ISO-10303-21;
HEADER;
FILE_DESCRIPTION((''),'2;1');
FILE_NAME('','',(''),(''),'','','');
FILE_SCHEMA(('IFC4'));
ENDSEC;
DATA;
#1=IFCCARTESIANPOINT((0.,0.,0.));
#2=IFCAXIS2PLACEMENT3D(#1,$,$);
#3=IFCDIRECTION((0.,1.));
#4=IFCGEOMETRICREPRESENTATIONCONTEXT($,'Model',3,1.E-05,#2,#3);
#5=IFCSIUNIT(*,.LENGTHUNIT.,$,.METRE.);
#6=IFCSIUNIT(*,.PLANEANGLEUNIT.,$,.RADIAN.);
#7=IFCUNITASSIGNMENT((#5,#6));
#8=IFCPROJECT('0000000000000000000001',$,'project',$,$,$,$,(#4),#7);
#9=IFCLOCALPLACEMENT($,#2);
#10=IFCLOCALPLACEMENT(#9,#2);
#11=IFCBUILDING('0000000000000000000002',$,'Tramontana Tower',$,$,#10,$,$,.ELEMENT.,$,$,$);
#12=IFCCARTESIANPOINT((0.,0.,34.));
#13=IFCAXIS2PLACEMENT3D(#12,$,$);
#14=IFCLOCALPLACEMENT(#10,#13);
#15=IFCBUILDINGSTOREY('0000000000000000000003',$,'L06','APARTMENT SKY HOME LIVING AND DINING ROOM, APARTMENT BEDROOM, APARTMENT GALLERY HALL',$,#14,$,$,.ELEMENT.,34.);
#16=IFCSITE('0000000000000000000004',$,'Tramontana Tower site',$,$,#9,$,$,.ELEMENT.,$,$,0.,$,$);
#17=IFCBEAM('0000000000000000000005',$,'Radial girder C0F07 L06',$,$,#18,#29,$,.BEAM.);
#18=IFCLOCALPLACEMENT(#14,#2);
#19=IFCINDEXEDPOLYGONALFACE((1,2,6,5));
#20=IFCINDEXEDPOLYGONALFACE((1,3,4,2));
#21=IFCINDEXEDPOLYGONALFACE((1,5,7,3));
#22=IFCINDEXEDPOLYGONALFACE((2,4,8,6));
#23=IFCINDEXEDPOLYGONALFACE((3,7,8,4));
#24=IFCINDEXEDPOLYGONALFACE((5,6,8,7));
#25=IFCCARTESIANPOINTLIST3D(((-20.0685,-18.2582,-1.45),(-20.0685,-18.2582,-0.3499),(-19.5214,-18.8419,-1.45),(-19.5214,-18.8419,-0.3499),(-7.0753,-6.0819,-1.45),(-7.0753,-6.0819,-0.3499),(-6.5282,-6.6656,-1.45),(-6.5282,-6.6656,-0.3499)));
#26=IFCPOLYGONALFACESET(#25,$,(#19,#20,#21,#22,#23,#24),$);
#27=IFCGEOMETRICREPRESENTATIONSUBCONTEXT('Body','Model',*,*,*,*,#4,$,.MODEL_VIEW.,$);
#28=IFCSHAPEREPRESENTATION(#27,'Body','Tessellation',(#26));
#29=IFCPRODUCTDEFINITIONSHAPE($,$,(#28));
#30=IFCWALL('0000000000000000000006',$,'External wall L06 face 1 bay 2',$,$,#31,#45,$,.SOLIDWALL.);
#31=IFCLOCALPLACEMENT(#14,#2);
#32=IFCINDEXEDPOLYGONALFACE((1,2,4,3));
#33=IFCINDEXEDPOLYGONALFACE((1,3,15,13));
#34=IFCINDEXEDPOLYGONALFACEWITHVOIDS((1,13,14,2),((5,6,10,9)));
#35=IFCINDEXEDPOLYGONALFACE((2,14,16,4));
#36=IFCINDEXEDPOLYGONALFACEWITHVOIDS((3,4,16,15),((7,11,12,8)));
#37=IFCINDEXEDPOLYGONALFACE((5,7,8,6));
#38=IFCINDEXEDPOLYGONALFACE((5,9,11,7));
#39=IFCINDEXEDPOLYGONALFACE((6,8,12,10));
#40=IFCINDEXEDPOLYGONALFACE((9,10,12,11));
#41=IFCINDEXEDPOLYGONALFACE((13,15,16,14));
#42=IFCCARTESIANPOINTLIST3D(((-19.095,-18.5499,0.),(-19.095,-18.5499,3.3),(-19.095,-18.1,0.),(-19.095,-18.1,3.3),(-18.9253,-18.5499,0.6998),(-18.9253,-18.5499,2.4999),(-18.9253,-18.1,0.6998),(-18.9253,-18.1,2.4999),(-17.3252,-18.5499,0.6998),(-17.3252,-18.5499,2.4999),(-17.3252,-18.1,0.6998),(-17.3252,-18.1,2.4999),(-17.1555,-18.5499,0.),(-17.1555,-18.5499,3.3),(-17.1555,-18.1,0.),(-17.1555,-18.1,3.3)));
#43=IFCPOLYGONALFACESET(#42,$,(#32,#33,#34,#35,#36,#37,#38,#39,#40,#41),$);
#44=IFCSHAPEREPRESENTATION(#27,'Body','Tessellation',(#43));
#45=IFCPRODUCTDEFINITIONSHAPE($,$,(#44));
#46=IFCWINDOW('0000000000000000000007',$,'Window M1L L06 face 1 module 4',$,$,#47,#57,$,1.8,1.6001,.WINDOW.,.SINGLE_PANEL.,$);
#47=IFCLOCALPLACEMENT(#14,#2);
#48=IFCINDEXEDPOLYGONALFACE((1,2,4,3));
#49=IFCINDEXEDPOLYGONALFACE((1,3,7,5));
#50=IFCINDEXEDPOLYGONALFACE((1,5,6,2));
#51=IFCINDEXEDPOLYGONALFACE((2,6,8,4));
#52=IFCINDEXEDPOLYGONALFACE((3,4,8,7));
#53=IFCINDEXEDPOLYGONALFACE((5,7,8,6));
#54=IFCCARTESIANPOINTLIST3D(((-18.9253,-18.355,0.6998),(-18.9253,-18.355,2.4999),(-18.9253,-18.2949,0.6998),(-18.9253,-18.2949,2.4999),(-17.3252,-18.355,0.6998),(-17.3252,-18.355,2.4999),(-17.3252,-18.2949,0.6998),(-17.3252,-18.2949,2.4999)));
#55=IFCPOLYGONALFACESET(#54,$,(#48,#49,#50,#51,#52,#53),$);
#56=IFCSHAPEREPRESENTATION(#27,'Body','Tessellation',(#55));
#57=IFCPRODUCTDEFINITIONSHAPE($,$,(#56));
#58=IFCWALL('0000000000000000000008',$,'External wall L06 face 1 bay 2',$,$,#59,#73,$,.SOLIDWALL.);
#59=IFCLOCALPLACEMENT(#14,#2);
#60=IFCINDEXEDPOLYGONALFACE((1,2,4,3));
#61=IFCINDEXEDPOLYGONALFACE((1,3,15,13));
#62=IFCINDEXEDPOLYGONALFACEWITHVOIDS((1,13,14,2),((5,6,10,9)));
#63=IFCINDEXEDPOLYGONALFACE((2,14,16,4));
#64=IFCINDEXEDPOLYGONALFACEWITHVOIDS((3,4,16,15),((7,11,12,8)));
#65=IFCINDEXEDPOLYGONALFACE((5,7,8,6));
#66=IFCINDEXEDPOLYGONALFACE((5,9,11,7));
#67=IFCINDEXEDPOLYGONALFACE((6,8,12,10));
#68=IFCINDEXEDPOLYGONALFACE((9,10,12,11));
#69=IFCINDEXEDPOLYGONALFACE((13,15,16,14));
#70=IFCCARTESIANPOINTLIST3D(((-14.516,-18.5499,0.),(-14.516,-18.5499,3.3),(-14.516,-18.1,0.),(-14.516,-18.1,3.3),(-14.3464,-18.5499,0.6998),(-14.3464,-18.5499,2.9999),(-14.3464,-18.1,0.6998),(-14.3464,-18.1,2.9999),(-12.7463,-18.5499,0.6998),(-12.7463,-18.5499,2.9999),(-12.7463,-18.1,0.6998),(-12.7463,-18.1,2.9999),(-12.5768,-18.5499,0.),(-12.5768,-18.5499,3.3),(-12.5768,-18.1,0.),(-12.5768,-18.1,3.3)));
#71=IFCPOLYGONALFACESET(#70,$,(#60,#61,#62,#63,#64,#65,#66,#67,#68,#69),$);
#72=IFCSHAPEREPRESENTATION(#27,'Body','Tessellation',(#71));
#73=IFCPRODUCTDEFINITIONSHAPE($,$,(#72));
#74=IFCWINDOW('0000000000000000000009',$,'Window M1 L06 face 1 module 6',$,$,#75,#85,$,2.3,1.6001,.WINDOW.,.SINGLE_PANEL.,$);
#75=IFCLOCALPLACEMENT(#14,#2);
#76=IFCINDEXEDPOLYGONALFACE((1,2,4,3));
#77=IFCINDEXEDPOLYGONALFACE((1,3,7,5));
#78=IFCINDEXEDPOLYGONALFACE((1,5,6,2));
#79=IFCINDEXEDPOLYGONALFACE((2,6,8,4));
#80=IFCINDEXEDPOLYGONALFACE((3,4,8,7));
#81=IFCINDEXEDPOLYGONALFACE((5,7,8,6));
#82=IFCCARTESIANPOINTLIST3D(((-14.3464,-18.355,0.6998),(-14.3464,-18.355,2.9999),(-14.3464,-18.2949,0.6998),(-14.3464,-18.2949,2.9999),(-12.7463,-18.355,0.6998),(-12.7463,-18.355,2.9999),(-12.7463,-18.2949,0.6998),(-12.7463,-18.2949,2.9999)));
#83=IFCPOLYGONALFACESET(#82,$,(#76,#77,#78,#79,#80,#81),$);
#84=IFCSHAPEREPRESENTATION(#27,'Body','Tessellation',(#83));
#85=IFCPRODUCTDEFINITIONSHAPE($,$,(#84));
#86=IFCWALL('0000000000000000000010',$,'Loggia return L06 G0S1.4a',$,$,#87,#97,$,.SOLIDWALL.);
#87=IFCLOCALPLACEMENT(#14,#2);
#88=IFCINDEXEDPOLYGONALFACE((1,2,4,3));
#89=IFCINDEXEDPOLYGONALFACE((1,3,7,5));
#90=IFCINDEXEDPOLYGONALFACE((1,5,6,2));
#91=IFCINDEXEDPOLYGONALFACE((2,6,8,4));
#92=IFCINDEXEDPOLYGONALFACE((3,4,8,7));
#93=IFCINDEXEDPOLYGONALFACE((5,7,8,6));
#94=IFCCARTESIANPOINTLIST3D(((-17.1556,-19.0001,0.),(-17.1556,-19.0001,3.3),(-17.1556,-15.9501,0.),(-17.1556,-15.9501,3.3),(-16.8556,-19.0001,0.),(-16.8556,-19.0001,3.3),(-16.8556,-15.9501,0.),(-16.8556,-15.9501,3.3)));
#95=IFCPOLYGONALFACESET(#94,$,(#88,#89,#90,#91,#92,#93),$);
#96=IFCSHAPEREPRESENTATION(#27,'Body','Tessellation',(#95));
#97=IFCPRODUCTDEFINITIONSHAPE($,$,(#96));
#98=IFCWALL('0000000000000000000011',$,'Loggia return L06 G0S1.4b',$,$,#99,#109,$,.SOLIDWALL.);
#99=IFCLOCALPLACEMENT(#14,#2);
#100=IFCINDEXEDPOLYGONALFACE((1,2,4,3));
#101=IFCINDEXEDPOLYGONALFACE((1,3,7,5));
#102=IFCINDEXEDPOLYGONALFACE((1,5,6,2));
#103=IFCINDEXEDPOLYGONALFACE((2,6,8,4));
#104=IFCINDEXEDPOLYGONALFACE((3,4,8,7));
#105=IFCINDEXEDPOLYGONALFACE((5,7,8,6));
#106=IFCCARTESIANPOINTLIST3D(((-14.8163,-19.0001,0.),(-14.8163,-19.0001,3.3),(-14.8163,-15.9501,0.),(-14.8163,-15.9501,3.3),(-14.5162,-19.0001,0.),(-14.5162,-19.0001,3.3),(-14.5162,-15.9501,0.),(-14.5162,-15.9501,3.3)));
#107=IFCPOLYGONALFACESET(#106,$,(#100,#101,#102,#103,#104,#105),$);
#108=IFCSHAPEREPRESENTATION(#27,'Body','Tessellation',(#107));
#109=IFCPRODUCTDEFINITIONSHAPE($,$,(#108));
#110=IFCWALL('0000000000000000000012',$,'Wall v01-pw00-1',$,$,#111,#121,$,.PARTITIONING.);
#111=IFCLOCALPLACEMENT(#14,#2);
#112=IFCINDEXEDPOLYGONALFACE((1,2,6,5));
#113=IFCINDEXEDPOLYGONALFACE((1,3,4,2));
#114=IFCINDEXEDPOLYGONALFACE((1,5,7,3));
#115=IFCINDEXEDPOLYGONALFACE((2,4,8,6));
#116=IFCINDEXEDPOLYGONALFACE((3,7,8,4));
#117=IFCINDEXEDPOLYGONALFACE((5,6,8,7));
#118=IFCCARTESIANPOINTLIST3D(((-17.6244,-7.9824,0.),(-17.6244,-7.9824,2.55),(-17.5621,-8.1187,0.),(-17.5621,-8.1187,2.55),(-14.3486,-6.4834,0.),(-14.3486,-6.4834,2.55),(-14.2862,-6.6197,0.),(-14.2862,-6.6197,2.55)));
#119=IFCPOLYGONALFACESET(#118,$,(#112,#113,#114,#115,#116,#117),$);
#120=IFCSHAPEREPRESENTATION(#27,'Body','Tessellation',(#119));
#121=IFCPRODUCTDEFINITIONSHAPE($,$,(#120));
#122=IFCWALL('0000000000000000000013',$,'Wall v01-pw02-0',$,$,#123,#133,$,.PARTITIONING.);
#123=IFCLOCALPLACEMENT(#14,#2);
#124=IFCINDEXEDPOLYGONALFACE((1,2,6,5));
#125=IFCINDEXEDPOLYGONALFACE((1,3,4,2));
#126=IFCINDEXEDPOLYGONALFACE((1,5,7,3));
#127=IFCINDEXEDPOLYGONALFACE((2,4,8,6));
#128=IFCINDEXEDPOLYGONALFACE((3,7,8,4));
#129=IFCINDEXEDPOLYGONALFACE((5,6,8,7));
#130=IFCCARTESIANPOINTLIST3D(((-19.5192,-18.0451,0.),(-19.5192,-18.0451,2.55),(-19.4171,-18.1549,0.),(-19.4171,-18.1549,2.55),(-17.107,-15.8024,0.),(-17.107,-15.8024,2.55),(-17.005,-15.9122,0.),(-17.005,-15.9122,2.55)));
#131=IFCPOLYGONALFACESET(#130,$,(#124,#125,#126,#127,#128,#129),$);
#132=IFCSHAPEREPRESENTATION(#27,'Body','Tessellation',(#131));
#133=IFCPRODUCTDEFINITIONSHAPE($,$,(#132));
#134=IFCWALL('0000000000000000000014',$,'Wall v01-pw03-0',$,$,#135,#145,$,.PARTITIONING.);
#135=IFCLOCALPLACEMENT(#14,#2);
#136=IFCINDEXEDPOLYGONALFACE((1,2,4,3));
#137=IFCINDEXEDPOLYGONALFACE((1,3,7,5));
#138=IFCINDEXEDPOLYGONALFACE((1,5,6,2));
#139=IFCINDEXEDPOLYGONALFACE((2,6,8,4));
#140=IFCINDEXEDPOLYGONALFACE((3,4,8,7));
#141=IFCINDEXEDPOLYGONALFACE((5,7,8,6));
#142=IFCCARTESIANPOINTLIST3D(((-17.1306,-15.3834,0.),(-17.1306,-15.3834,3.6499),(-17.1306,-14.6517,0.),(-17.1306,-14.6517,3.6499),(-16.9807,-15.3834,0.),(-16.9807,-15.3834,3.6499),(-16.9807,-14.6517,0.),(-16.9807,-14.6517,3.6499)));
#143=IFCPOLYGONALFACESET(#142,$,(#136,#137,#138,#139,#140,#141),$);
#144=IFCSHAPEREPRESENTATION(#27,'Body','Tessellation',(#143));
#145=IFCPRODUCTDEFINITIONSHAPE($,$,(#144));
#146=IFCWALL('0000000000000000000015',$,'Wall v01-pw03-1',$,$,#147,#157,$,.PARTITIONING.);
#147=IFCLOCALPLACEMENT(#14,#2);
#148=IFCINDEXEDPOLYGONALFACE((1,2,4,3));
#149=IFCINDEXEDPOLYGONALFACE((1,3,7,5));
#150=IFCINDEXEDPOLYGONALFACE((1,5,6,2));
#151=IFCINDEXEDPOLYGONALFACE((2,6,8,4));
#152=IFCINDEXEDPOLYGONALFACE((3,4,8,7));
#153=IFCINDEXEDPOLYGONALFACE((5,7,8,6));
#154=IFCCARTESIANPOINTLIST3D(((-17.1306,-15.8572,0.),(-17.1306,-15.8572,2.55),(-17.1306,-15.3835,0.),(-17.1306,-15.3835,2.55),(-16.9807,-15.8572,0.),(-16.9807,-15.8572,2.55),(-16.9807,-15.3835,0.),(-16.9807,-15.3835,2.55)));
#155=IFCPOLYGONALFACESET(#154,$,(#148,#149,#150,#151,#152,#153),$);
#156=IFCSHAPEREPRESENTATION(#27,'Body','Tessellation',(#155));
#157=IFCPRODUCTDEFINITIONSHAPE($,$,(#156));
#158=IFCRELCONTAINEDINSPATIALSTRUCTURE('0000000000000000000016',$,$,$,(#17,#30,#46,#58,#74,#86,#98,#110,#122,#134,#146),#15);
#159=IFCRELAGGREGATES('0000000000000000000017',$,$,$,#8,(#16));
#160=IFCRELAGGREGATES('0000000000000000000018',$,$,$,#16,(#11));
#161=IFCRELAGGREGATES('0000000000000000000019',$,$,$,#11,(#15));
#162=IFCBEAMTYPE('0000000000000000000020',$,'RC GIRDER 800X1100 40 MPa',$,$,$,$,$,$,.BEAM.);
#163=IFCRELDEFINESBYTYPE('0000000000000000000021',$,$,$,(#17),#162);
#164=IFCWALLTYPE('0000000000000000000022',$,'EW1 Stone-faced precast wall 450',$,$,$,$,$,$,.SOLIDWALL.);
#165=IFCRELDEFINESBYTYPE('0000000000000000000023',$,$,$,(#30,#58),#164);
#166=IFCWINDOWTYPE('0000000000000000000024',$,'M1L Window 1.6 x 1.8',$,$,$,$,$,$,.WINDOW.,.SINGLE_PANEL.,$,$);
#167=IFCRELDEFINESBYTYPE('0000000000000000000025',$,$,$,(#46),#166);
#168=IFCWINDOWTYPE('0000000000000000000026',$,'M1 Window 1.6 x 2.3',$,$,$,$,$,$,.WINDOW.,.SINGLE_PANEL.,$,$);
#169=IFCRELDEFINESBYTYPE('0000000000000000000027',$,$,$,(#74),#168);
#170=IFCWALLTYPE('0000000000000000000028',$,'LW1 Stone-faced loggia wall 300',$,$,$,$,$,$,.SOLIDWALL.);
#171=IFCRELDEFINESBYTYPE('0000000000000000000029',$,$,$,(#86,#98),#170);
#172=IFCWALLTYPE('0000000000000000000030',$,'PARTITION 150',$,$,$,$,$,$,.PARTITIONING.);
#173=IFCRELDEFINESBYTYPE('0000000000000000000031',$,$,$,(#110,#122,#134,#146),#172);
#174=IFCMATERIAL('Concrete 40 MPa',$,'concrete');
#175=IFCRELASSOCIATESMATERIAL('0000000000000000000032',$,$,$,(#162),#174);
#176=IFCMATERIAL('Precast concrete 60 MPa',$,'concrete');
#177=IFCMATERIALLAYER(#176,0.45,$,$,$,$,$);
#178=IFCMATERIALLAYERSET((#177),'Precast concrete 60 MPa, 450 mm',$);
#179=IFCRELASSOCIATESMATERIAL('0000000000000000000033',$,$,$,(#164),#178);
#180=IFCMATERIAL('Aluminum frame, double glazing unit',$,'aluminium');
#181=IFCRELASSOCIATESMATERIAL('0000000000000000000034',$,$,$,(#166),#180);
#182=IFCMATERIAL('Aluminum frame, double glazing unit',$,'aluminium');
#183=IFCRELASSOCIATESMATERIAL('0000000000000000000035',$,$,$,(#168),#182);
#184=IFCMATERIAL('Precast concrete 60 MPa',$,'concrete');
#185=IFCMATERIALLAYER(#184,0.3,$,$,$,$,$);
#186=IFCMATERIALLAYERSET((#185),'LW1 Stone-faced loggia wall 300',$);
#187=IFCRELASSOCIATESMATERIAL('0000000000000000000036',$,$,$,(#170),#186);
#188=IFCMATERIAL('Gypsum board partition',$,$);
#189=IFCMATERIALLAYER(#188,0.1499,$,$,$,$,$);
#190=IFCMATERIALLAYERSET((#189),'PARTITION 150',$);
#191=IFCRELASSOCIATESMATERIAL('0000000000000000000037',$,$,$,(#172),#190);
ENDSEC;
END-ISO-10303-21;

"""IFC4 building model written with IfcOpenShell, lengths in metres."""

from ifc_helpers import new_model, si_unit, direction, frame, frame_2d, origin, origin_2d, place, context, subcontext, project, spatial, rectangle, extrude, material, layer, layer_set, material_profile, profile_set, type_object, element, fill, save


model = new_model("IFC4")

# Units and contexts
model_context = context("Model", 3, precision=1e-05, world=origin(), true_north=direction((0.0, 1.0)))
body_context = subcontext(model_context, "Body", "Model", "MODEL_VIEW")
ifc_project = project(units=[si_unit("LENGTHUNIT", "METRE"), si_unit("PLANEANGLEUNIT", "RADIAN")], contexts=[model_context])

# Site, building, storey
site_placement = place(None, origin())
site = spatial("IfcSite", under=ifc_project, at=site_placement, Name="Tramontana Tower site", CompositionType="ELEMENT", RefElevation=0.0)
building_placement = place(site_placement, origin())
building = spatial("IfcBuilding", under=site, at=building_placement, Name="Tramontana Tower", CompositionType="ELEMENT")
storey_placement = place(building_placement, frame((0.0, 0.0, 34.0)))
storey = spatial("IfcBuildingStorey", under=building, at=storey_placement, Name="L06", Description="APARTMENT SKY HOME LIVING AND DINING ROOM, APARTMENT BEDROOM, APARTMENT GALLERY HALL", CompositionType="ELEMENT", Elevation=34.0)

# Beam
ifc_material_1 = material(Name="Concrete 40 MPa", Category="concrete")
ifc_material_profile = material_profile(ifc_material_1, rectangle(XDim=0.8, YDim=1.1001, at=origin_2d()), Name="RC GIRDER 800X1100 40 MPa")
ifc_profile_set = profile_set([ifc_material_profile], Name="Concrete 40 MPa")
beam_type = type_object("IfcBeamType", Name="RC GIRDER 800X1100 40 MPa", PredefinedType="BEAM", material=ifc_profile_set)
beam_placement = place(storey_placement, frame((-19.7949, -18.55, -0.8999), z_axis=(0.729672, 0.683797, 0.0), x_axis=(-0.683797, 0.729672, 0.0)))
element("IfcBeam", 1, at=beam_placement, inside=storey, type_object=beam_type, Name="Radial girder C0F07 L06", PredefinedType="BEAM", context=body_context, shape_type="SweptSolid", body=[
    extrude(rectangle(XDim=0.8, YDim=1.1001, at=origin_2d()), origin(), (0.0, 0.0, 1.0), 17.8069),
])

# Walls, openings, windows
ifc_material_2 = material(Name="Precast concrete 60 MPa", Category="concrete")
ifc_layer_1 = layer(ifc_material_2, 0.45)
ifc_layer_set_1 = layer_set([ifc_layer_1], Name="Precast concrete 60 MPa, 450 mm")
wall_type_1 = type_object("IfcWallType", Name="EW1 Stone-faced precast wall 450", PredefinedType="SOLIDWALL", material=ifc_layer_set_1)
wall_1_placement = place(storey_placement, frame((-19.095, -18.325, 0.0), z_axis=(0.0, 0.0, 1.0), x_axis=(1.0, 0.0, 0.0)))
wall_1 = element("IfcWall", 2, at=wall_1_placement, inside=storey, type_object=wall_type_1, Name="External wall L06 face 1 bay 2", PredefinedType="SOLIDWALL", context=body_context, shape_type="SweptSolid", body=[
    extrude(rectangle(XDim=1.9395, YDim=0.45, at=frame_2d((0.9697, 0.0))), origin(), (0.0, 0.0, 1.0), 3.3),
])
opening_1_placement = place(wall_1_placement, frame((0.1697, 0.0, 0.7)))
opening_1 = element("IfcOpeningElement", 3, at=opening_1_placement, cuts=wall_1, PredefinedType="OPENING", context=body_context, shape_type="SweptSolid", body=[
    extrude(rectangle(XDim=1.6001, YDim=1.8, at=frame_2d((0.8, 0.8999))), frame((0.0, 0.2349, 0.0), z_axis=(0.0, -1.0, 0.0), x_axis=(1.0, 0.0, 0.0)), (0.0, 0.0, 1.0), 0.47),
])
ifc_material_3 = material(Name="Aluminum frame, double glazing unit", Category="aluminium")
window_type_1 = type_object("IfcWindowType", Name="M1L Window 1.6 x 1.8", PartitioningType="SINGLE_PANEL", PredefinedType="WINDOW", material=ifc_material_3)
window_1_placement = place(opening_1_placement, origin())
window_1 = element("IfcWindow", 4, at=window_1_placement, inside=storey, type_object=window_type_1, Name="Window M1L L06 face 1 module 4", OverallHeight=1.8, OverallWidth=1.6001, PartitioningType="SINGLE_PANEL", PredefinedType="WINDOW", context=body_context, shape_type="SweptSolid", body=[
    extrude(rectangle(XDim=1.6001, YDim=1.8, at=frame_2d((0.8, 0.8999))), frame((0.0, 0.03, 0.0), z_axis=(0.0, -1.0, 0.0), x_axis=(1.0, 0.0, 0.0)), (0.0, 0.0, 1.0), 0.0601),
])
fill(opening_1, window_1)
wall_2_placement = place(storey_placement, frame((-14.5161, -18.325, 0.0), z_axis=(0.0, 0.0, 1.0), x_axis=(1.0, 0.0, 0.0)))
wall_2 = element("IfcWall", 5, at=wall_2_placement, inside=storey, type_object=wall_type_1, Name="External wall L06 face 1 bay 2", PredefinedType="SOLIDWALL", context=body_context, shape_type="SweptSolid", body=[
    extrude(rectangle(XDim=1.9392, YDim=0.45, at=frame_2d((0.9697, 0.0))), origin(), (0.0, 0.0, 1.0), 3.3),
])
opening_2_placement = place(wall_2_placement, frame((0.1697, 0.0, 0.7)))
opening_2 = element("IfcOpeningElement", 6, at=opening_2_placement, cuts=wall_2, PredefinedType="OPENING", context=body_context, shape_type="SweptSolid", body=[
    extrude(rectangle(XDim=1.6001, YDim=2.3, at=frame_2d((0.8, 1.1499))), frame((0.0, 0.2349, 0.0), z_axis=(0.0, -1.0, 0.0), x_axis=(1.0, 0.0, 0.0)), (0.0, 0.0, 1.0), 0.47),
])
ifc_material_4 = material(Name="Aluminum frame, double glazing unit", Category="aluminium")
window_type_2 = type_object("IfcWindowType", Name="M1 Window 1.6 x 2.3", PartitioningType="SINGLE_PANEL", PredefinedType="WINDOW", material=ifc_material_4)
window_2_placement = place(opening_2_placement, origin())
window_2 = element("IfcWindow", 7, at=window_2_placement, inside=storey, type_object=window_type_2, Name="Window M1 L06 face 1 module 6", OverallHeight=2.3, OverallWidth=1.6001, PartitioningType="SINGLE_PANEL", PredefinedType="WINDOW", context=body_context, shape_type="SweptSolid", body=[
    extrude(rectangle(XDim=1.6001, YDim=2.3, at=frame_2d((0.8, 1.1499))), frame((0.0, 0.03, 0.0), z_axis=(0.0, -1.0, 0.0), x_axis=(1.0, 0.0, 0.0)), (0.0, 0.0, 1.0), 0.0601),
])
fill(opening_2, window_2)

# Shared definitions
ifc_material_5 = material(Name="Precast concrete 60 MPa", Category="concrete")
ifc_layer_2 = layer(ifc_material_5, 0.3)
ifc_layer_set_2 = layer_set([ifc_layer_2], Name="LW1 Stone-faced loggia wall 300")
wall_type_2 = type_object("IfcWallType", Name="LW1 Stone-faced loggia wall 300", PredefinedType="SOLIDWALL", material=ifc_layer_set_2)

# Walls
for number, where, z_axis, x_axis, name in (
    (8, (-17.0056, -19.0, 0.0), (0.0, 0.0, 1.0), (0.0, 1.0, 0.0), "Loggia return L06 G0S1.4a"),
    (9, (-14.6663, -19.0, 0.0), (0.0, 0.0, 1.0), (0.0, 1.0, 0.0), "Loggia return L06 G0S1.4b"),
):
    element("IfcWall", number, at=place(storey_placement, frame(where, z_axis=z_axis, x_axis=x_axis)), inside=storey, type_object=wall_type_2, Name=name, PredefinedType="SOLIDWALL", context=body_context, shape_type="SweptSolid", body=[
        extrude(rectangle(XDim=3.05, YDim=0.3, at=frame_2d((1.5249, 0.0))), origin(), (0.0, 0.0, 1.0), 3.3),
    ])
ifc_material_6 = material(Name="Gypsum board partition")
ifc_layer_3 = layer(ifc_material_6, 0.1499)
ifc_layer_set_3 = layer_set([ifc_layer_3], Name="PARTITION 150")
wall_type_3 = type_object("IfcWallType", Name="PARTITION 150", PredefinedType="PARTITIONING", material=ifc_layer_set_3)
wall_3_placement = place(storey_placement, frame((-17.5933, -8.0505, 0.0), z_axis=(0.0, 0.0, 1.0), x_axis=(0.909319, 0.416099, 0.0)))
element("IfcWall", 10, at=wall_3_placement, inside=storey, type_object=wall_type_3, Name="Wall v01-pw00-1", PredefinedType="PARTITIONING", context=body_context, shape_type="SweptSolid", body=[
    extrude(rectangle(XDim=3.6025, YDim=0.1499, at=frame_2d((1.8013, 0.0))), origin(), (0.0, 0.0, 1.0), 2.55),
])
wall_4_placement = place(storey_placement, frame((-17.0559, -15.8572, 0.0), z_axis=(0.0, 0.0, 1.0), x_axis=(-0.73236, -0.680917, 0.0)))
element("IfcWall", 11, at=wall_4_placement, inside=storey, type_object=wall_type_3, Name="Wall v01-pw02-0", PredefinedType="PARTITIONING", context=body_context, shape_type="SweptSolid", body=[
    extrude(rectangle(XDim=3.2937, YDim=0.1499, at=frame_2d((1.647, 0.0))), origin(), (0.0, 0.0, 1.0), 2.55),
])
wall_5_placement = place(storey_placement, frame((-17.0557, -14.6519, 0.0), z_axis=(0.0, 0.0, 1.0), x_axis=(0.0, -1.0, 0.0)))
element("IfcWall", 12, at=wall_5_placement, inside=storey, type_object=wall_type_3, Name="Wall v01-pw03-0", PredefinedType="PARTITIONING", context=body_context, shape_type="SweptSolid", body=[
    extrude(rectangle(XDim=0.7317, YDim=0.1499, at=frame_2d((0.3657, 0.0))), origin(), (0.0, 0.0, 1.0), 3.6499),
])
wall_6_placement = place(storey_placement, frame((-17.0557, -15.3835, 0.0), z_axis=(0.0, 0.0, 1.0), x_axis=(0.0, -1.0, 0.0)))
element("IfcWall", 13, at=wall_6_placement, inside=storey, type_object=wall_type_3, Name="Wall v01-pw03-1", PredefinedType="PARTITIONING", context=body_context, shape_type="SweptSolid", body=[
    extrude(rectangle(XDim=0.4736, YDim=0.1499, at=frame_2d((0.2368, 0.0))), origin(), (0.0, 0.0, 1.0), 2.55),
])

save(model, "model.ifc")
